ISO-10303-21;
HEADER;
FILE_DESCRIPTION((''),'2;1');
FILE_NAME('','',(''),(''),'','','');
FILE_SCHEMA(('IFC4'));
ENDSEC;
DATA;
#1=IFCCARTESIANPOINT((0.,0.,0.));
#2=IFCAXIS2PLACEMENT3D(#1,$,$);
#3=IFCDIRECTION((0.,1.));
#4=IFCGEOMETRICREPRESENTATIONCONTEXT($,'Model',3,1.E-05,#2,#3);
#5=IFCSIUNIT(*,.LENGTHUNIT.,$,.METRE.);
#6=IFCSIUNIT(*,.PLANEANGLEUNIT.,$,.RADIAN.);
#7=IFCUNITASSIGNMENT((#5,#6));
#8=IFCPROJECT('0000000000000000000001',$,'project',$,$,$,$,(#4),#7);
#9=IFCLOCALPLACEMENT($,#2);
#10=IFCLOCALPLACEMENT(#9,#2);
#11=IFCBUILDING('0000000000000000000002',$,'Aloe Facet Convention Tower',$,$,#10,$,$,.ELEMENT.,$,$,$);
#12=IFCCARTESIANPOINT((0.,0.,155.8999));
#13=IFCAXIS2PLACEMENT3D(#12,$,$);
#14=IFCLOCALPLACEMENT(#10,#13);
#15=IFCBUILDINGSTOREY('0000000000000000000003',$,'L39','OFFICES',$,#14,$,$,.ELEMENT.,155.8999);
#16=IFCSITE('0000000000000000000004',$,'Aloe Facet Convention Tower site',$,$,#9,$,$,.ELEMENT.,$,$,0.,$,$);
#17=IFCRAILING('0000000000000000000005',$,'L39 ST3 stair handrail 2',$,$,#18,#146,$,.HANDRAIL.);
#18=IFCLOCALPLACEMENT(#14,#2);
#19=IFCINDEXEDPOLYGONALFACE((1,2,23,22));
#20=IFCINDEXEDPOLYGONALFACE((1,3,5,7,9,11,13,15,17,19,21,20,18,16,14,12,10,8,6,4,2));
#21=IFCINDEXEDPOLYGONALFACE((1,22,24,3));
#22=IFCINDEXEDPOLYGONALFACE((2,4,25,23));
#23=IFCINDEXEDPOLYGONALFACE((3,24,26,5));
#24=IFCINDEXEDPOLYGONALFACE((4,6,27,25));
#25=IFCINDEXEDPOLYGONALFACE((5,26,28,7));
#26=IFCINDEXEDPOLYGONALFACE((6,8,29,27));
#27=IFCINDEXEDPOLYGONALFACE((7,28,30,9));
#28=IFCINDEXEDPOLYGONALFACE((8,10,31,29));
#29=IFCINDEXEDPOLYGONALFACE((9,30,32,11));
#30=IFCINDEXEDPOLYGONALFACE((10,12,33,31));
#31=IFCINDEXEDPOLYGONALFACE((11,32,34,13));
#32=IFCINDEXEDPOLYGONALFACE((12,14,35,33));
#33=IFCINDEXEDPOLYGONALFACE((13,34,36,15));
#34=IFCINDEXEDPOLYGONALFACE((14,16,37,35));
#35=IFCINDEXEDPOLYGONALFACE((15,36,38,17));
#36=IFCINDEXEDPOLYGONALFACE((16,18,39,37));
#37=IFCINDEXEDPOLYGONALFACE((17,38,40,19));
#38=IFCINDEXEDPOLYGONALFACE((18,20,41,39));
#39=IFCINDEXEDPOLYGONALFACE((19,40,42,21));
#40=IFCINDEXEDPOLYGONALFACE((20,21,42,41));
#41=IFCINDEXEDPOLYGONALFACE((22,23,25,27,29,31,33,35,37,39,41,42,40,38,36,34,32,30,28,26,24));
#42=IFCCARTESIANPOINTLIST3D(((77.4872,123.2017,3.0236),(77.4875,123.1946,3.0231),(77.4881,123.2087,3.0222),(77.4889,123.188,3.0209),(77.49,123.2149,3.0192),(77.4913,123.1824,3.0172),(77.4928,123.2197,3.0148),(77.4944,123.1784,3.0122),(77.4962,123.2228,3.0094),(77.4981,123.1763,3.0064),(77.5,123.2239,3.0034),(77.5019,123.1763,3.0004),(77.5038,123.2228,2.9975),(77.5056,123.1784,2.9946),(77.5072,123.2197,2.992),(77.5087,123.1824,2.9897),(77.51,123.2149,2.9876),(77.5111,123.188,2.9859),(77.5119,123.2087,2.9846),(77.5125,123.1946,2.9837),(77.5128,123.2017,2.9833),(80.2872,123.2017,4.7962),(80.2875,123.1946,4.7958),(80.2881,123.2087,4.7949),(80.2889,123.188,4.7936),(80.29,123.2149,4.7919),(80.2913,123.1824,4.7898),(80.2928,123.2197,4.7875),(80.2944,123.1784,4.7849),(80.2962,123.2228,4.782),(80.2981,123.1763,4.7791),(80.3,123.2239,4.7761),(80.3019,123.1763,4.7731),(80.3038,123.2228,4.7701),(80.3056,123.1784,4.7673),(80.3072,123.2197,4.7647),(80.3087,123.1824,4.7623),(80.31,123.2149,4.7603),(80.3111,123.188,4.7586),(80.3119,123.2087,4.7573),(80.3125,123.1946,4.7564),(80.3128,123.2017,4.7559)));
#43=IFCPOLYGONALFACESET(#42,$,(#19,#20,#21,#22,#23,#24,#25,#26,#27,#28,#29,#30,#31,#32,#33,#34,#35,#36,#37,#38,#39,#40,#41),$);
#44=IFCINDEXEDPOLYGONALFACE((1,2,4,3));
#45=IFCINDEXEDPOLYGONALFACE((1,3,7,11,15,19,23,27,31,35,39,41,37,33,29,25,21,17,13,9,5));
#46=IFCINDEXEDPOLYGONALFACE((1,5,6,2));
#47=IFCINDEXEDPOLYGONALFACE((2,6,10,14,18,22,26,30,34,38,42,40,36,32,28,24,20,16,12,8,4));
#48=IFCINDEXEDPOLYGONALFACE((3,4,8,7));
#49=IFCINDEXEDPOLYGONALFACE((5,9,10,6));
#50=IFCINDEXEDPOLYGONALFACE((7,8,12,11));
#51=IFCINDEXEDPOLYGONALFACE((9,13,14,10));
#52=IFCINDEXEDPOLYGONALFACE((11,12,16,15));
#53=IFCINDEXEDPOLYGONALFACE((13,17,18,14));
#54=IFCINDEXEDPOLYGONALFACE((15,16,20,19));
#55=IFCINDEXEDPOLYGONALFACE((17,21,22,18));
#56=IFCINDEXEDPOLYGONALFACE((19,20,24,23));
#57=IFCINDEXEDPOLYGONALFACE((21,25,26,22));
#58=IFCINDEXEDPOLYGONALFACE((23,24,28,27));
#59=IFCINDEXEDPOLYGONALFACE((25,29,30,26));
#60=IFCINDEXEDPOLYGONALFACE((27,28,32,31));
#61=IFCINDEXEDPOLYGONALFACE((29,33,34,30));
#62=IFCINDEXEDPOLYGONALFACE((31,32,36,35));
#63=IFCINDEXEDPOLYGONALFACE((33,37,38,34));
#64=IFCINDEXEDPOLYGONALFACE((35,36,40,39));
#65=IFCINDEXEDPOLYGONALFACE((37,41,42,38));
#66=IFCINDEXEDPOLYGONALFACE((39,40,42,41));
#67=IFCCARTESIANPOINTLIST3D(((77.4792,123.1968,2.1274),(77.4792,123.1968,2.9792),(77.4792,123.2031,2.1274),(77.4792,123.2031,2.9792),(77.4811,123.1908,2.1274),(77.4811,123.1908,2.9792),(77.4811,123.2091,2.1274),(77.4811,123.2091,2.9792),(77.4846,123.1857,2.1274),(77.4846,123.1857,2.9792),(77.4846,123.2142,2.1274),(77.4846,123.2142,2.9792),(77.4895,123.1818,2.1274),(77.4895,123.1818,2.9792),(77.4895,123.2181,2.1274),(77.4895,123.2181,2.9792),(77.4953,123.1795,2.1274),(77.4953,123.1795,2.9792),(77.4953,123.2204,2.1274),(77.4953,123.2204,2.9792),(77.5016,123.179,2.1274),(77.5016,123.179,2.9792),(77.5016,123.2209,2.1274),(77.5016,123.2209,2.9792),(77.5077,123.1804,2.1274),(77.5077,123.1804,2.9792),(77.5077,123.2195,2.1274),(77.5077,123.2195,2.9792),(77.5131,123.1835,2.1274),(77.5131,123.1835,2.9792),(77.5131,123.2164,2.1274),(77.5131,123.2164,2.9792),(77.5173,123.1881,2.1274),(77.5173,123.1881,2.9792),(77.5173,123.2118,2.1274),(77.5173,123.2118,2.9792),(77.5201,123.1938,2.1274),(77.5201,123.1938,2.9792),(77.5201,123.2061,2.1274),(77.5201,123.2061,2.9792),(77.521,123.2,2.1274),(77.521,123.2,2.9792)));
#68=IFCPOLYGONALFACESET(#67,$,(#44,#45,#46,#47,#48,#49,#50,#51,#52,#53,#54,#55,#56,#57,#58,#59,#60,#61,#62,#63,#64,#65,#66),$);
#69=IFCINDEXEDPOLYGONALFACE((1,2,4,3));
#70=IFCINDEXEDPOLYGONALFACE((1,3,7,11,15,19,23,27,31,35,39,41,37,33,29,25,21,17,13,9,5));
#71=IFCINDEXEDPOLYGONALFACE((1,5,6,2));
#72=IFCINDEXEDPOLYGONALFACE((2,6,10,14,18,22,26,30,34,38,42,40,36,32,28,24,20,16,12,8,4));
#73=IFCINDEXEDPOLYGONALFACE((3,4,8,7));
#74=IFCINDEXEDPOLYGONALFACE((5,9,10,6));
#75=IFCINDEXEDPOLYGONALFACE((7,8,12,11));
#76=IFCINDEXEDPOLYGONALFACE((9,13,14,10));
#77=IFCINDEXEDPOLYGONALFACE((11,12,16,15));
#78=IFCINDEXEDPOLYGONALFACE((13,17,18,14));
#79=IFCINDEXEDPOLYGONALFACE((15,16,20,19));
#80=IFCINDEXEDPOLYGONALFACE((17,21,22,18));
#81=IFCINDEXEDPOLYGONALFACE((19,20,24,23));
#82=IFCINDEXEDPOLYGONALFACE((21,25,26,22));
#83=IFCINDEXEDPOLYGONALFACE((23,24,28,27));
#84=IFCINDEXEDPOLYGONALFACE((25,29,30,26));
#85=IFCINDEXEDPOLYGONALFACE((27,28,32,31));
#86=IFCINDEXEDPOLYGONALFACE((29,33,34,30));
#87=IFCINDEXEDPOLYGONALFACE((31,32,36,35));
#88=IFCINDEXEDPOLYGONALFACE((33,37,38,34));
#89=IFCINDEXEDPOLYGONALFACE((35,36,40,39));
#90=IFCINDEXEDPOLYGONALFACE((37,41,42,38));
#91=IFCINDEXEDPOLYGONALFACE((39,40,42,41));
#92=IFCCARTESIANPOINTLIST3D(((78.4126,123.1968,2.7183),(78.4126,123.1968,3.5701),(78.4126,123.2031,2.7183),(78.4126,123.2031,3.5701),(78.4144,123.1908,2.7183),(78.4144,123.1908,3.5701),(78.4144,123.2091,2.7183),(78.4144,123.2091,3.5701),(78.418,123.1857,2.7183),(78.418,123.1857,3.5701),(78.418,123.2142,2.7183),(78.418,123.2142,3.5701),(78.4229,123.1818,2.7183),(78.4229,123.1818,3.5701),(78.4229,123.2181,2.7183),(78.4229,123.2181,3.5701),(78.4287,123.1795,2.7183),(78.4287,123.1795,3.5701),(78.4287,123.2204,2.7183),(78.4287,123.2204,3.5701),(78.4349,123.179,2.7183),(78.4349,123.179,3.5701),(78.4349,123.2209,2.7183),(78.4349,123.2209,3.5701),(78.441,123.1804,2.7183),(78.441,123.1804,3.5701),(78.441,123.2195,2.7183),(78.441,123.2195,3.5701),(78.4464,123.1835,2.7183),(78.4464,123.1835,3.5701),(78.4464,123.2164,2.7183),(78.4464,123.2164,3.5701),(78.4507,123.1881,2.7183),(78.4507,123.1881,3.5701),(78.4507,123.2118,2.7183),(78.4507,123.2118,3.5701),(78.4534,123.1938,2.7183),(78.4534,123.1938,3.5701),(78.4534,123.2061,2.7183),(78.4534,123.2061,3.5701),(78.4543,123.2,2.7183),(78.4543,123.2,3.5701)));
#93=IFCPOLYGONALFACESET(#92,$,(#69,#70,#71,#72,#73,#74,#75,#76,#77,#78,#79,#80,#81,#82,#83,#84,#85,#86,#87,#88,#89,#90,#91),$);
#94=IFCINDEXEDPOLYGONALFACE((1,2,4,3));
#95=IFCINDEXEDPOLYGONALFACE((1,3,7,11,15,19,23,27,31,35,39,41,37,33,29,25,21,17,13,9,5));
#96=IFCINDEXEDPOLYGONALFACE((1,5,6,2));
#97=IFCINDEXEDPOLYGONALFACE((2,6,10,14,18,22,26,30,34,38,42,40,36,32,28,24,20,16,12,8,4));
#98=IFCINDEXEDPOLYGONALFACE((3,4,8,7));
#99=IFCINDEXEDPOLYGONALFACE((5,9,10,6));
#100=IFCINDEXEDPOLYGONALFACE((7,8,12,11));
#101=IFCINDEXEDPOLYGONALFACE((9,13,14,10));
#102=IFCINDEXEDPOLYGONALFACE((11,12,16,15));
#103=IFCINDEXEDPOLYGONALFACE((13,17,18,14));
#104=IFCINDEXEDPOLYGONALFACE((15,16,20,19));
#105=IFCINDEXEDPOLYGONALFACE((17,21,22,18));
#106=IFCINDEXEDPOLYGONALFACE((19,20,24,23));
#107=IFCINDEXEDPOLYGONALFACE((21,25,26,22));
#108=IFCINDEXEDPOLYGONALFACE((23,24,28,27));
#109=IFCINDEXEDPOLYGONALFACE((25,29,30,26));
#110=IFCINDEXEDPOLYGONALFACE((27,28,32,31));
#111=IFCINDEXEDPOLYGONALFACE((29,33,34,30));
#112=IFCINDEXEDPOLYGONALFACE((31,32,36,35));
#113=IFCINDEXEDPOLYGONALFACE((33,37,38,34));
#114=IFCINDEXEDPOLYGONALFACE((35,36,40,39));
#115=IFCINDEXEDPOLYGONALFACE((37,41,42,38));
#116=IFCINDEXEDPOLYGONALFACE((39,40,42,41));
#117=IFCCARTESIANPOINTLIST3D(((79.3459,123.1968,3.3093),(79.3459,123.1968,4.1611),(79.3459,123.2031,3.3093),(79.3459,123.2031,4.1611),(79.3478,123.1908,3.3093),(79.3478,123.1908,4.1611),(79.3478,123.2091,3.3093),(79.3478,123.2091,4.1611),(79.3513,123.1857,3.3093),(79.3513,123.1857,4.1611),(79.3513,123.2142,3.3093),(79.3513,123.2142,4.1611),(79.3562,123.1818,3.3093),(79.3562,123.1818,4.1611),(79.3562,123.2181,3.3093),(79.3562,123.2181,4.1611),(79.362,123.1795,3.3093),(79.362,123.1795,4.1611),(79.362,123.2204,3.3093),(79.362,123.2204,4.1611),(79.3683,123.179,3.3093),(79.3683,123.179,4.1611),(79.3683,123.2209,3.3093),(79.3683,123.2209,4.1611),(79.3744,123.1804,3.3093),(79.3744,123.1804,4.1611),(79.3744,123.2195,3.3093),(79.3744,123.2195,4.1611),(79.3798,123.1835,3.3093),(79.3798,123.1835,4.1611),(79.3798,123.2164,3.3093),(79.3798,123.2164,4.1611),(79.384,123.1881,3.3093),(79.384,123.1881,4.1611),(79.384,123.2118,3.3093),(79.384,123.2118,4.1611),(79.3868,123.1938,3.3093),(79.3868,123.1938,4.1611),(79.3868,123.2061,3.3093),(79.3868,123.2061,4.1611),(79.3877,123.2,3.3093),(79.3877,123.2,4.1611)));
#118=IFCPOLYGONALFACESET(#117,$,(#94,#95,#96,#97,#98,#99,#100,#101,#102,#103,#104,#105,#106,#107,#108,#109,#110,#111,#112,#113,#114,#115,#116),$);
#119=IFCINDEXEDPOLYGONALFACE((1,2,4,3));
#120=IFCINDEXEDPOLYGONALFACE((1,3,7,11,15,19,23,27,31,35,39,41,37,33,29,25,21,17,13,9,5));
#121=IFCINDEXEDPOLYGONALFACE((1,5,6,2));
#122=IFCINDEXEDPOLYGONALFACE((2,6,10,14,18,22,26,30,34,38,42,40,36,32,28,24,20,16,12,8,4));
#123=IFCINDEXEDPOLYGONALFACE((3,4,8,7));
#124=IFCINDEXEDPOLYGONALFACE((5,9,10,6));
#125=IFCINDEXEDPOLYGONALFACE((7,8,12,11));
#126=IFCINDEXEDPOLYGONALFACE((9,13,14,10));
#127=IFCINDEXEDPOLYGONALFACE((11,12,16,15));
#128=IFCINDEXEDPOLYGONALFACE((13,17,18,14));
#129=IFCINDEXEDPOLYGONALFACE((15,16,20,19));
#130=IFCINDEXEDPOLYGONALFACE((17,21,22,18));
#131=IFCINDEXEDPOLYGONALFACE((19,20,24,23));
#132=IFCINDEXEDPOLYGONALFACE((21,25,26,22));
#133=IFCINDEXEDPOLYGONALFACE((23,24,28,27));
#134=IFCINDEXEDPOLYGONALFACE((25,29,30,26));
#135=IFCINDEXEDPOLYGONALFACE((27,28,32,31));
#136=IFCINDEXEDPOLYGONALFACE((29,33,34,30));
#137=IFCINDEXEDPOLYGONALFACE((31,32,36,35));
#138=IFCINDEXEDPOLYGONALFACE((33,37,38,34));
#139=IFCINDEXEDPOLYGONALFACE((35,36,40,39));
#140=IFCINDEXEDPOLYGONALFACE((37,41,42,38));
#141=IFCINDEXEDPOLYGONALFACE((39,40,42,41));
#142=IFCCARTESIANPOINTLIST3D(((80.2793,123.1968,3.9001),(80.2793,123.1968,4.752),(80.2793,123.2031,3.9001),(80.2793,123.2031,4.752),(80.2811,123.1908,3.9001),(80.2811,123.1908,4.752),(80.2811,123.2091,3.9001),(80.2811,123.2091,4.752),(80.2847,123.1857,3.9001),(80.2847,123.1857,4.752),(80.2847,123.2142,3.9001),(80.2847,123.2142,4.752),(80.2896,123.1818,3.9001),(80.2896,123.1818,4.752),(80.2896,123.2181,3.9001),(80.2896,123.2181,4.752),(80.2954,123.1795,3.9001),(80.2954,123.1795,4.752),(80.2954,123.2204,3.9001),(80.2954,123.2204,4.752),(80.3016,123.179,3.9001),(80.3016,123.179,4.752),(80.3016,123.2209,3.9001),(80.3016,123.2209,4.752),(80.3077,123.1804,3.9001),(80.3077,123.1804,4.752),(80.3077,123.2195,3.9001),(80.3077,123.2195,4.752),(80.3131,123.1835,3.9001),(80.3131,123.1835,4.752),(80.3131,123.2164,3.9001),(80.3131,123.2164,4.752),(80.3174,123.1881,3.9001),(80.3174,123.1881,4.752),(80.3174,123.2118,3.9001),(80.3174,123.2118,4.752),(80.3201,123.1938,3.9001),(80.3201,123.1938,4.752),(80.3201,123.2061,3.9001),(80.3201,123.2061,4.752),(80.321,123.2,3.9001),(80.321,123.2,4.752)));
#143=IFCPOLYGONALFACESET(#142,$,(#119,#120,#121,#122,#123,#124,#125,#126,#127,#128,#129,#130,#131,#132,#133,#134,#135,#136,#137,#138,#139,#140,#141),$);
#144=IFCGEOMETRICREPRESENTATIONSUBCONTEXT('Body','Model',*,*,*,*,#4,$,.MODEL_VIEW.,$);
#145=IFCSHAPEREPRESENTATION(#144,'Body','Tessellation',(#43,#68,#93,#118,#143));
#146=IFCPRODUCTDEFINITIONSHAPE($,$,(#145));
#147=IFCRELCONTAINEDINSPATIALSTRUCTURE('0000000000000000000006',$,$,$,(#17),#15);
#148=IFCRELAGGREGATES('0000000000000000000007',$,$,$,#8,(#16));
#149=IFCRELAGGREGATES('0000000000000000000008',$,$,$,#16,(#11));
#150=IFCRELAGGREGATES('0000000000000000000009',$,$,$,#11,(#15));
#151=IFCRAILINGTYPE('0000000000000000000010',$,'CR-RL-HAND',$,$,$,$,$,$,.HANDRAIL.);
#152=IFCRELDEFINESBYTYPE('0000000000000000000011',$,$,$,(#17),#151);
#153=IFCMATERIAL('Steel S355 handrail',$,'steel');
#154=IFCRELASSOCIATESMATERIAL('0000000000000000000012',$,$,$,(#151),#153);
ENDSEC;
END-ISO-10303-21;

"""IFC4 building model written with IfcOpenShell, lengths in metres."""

from ifc_helpers import new_model, si_unit, direction, frame, origin, origin_2d, place, context, subcontext, project, spatial, circle, extrude, material, type_object, element, save


model = new_model("IFC4")

# Units and contexts
model_context = context("Model", 3, precision=1e-05, world=origin(), true_north=direction((0.0, 1.0)))
body_context = subcontext(model_context, "Body", "Model", "MODEL_VIEW")
ifc_project = project(units=[si_unit("LENGTHUNIT", "METRE"), si_unit("PLANEANGLEUNIT", "RADIAN")], contexts=[model_context])

# Site, building, storey
site_placement = place(None, origin())
site = spatial("IfcSite", under=ifc_project, at=site_placement, Name="Aloe Facet Convention Tower site", CompositionType="ELEMENT", RefElevation=0.0)
building_placement = place(site_placement, origin())
building = spatial("IfcBuilding", under=site, at=building_placement, Name="Aloe Facet Convention Tower", CompositionType="ELEMENT")
storey_placement = place(building_placement, frame((0.0, 0.0, 155.8999)))
storey = spatial("IfcBuildingStorey", under=building, at=storey_placement, Name="L39", Description="OFFICES", CompositionType="ELEMENT", Elevation=155.8999)

# Railing
ifc_material_1 = material(Name="Steel S355 handrail", Category="steel")
railing_type_1 = type_object("IfcRailingType", Name="CR-RL-HAND", PredefinedType="HANDRAIL", material=ifc_material_1)
railing_1_placement = place(storey_placement, frame((77.5, 123.2, 2.1274)))
element("IfcRailing", 1, at=railing_1_placement, inside=storey, type_object=railing_type_1, Name="L39 ST3 stair handrail 2", PredefinedType="HANDRAIL", context=body_context, shape_type="SweptSolid", body=[
    extrude(circle(Radius=0.0239, at=origin_2d()), frame((0.0, 0.0, 0.876), z_axis=(0.844909, 0.0, 0.53491), x_axis=(0.0, 1.0, 0.0)), (0.0, 0.0, 1.0), 3.314),
    extrude(circle(Radius=0.021, at=origin_2d()), origin(), (0.0, 0.0, 1.0), 0.8518),
    extrude(circle(Radius=0.021, at=origin_2d()), frame((0.9333, 0.0, 0.5908)), (0.0, 0.0, 1.0), 0.8518),
    extrude(circle(Radius=0.021, at=origin_2d()), frame((1.8667, 0.0, 1.1819)), (0.0, 0.0, 1.0), 0.8518),
    extrude(circle(Radius=0.021, at=origin_2d()), frame((2.8, 0.0, 1.7727)), (0.0, 0.0, 1.0), 0.8518),
])

save(model, "model.ifc")
